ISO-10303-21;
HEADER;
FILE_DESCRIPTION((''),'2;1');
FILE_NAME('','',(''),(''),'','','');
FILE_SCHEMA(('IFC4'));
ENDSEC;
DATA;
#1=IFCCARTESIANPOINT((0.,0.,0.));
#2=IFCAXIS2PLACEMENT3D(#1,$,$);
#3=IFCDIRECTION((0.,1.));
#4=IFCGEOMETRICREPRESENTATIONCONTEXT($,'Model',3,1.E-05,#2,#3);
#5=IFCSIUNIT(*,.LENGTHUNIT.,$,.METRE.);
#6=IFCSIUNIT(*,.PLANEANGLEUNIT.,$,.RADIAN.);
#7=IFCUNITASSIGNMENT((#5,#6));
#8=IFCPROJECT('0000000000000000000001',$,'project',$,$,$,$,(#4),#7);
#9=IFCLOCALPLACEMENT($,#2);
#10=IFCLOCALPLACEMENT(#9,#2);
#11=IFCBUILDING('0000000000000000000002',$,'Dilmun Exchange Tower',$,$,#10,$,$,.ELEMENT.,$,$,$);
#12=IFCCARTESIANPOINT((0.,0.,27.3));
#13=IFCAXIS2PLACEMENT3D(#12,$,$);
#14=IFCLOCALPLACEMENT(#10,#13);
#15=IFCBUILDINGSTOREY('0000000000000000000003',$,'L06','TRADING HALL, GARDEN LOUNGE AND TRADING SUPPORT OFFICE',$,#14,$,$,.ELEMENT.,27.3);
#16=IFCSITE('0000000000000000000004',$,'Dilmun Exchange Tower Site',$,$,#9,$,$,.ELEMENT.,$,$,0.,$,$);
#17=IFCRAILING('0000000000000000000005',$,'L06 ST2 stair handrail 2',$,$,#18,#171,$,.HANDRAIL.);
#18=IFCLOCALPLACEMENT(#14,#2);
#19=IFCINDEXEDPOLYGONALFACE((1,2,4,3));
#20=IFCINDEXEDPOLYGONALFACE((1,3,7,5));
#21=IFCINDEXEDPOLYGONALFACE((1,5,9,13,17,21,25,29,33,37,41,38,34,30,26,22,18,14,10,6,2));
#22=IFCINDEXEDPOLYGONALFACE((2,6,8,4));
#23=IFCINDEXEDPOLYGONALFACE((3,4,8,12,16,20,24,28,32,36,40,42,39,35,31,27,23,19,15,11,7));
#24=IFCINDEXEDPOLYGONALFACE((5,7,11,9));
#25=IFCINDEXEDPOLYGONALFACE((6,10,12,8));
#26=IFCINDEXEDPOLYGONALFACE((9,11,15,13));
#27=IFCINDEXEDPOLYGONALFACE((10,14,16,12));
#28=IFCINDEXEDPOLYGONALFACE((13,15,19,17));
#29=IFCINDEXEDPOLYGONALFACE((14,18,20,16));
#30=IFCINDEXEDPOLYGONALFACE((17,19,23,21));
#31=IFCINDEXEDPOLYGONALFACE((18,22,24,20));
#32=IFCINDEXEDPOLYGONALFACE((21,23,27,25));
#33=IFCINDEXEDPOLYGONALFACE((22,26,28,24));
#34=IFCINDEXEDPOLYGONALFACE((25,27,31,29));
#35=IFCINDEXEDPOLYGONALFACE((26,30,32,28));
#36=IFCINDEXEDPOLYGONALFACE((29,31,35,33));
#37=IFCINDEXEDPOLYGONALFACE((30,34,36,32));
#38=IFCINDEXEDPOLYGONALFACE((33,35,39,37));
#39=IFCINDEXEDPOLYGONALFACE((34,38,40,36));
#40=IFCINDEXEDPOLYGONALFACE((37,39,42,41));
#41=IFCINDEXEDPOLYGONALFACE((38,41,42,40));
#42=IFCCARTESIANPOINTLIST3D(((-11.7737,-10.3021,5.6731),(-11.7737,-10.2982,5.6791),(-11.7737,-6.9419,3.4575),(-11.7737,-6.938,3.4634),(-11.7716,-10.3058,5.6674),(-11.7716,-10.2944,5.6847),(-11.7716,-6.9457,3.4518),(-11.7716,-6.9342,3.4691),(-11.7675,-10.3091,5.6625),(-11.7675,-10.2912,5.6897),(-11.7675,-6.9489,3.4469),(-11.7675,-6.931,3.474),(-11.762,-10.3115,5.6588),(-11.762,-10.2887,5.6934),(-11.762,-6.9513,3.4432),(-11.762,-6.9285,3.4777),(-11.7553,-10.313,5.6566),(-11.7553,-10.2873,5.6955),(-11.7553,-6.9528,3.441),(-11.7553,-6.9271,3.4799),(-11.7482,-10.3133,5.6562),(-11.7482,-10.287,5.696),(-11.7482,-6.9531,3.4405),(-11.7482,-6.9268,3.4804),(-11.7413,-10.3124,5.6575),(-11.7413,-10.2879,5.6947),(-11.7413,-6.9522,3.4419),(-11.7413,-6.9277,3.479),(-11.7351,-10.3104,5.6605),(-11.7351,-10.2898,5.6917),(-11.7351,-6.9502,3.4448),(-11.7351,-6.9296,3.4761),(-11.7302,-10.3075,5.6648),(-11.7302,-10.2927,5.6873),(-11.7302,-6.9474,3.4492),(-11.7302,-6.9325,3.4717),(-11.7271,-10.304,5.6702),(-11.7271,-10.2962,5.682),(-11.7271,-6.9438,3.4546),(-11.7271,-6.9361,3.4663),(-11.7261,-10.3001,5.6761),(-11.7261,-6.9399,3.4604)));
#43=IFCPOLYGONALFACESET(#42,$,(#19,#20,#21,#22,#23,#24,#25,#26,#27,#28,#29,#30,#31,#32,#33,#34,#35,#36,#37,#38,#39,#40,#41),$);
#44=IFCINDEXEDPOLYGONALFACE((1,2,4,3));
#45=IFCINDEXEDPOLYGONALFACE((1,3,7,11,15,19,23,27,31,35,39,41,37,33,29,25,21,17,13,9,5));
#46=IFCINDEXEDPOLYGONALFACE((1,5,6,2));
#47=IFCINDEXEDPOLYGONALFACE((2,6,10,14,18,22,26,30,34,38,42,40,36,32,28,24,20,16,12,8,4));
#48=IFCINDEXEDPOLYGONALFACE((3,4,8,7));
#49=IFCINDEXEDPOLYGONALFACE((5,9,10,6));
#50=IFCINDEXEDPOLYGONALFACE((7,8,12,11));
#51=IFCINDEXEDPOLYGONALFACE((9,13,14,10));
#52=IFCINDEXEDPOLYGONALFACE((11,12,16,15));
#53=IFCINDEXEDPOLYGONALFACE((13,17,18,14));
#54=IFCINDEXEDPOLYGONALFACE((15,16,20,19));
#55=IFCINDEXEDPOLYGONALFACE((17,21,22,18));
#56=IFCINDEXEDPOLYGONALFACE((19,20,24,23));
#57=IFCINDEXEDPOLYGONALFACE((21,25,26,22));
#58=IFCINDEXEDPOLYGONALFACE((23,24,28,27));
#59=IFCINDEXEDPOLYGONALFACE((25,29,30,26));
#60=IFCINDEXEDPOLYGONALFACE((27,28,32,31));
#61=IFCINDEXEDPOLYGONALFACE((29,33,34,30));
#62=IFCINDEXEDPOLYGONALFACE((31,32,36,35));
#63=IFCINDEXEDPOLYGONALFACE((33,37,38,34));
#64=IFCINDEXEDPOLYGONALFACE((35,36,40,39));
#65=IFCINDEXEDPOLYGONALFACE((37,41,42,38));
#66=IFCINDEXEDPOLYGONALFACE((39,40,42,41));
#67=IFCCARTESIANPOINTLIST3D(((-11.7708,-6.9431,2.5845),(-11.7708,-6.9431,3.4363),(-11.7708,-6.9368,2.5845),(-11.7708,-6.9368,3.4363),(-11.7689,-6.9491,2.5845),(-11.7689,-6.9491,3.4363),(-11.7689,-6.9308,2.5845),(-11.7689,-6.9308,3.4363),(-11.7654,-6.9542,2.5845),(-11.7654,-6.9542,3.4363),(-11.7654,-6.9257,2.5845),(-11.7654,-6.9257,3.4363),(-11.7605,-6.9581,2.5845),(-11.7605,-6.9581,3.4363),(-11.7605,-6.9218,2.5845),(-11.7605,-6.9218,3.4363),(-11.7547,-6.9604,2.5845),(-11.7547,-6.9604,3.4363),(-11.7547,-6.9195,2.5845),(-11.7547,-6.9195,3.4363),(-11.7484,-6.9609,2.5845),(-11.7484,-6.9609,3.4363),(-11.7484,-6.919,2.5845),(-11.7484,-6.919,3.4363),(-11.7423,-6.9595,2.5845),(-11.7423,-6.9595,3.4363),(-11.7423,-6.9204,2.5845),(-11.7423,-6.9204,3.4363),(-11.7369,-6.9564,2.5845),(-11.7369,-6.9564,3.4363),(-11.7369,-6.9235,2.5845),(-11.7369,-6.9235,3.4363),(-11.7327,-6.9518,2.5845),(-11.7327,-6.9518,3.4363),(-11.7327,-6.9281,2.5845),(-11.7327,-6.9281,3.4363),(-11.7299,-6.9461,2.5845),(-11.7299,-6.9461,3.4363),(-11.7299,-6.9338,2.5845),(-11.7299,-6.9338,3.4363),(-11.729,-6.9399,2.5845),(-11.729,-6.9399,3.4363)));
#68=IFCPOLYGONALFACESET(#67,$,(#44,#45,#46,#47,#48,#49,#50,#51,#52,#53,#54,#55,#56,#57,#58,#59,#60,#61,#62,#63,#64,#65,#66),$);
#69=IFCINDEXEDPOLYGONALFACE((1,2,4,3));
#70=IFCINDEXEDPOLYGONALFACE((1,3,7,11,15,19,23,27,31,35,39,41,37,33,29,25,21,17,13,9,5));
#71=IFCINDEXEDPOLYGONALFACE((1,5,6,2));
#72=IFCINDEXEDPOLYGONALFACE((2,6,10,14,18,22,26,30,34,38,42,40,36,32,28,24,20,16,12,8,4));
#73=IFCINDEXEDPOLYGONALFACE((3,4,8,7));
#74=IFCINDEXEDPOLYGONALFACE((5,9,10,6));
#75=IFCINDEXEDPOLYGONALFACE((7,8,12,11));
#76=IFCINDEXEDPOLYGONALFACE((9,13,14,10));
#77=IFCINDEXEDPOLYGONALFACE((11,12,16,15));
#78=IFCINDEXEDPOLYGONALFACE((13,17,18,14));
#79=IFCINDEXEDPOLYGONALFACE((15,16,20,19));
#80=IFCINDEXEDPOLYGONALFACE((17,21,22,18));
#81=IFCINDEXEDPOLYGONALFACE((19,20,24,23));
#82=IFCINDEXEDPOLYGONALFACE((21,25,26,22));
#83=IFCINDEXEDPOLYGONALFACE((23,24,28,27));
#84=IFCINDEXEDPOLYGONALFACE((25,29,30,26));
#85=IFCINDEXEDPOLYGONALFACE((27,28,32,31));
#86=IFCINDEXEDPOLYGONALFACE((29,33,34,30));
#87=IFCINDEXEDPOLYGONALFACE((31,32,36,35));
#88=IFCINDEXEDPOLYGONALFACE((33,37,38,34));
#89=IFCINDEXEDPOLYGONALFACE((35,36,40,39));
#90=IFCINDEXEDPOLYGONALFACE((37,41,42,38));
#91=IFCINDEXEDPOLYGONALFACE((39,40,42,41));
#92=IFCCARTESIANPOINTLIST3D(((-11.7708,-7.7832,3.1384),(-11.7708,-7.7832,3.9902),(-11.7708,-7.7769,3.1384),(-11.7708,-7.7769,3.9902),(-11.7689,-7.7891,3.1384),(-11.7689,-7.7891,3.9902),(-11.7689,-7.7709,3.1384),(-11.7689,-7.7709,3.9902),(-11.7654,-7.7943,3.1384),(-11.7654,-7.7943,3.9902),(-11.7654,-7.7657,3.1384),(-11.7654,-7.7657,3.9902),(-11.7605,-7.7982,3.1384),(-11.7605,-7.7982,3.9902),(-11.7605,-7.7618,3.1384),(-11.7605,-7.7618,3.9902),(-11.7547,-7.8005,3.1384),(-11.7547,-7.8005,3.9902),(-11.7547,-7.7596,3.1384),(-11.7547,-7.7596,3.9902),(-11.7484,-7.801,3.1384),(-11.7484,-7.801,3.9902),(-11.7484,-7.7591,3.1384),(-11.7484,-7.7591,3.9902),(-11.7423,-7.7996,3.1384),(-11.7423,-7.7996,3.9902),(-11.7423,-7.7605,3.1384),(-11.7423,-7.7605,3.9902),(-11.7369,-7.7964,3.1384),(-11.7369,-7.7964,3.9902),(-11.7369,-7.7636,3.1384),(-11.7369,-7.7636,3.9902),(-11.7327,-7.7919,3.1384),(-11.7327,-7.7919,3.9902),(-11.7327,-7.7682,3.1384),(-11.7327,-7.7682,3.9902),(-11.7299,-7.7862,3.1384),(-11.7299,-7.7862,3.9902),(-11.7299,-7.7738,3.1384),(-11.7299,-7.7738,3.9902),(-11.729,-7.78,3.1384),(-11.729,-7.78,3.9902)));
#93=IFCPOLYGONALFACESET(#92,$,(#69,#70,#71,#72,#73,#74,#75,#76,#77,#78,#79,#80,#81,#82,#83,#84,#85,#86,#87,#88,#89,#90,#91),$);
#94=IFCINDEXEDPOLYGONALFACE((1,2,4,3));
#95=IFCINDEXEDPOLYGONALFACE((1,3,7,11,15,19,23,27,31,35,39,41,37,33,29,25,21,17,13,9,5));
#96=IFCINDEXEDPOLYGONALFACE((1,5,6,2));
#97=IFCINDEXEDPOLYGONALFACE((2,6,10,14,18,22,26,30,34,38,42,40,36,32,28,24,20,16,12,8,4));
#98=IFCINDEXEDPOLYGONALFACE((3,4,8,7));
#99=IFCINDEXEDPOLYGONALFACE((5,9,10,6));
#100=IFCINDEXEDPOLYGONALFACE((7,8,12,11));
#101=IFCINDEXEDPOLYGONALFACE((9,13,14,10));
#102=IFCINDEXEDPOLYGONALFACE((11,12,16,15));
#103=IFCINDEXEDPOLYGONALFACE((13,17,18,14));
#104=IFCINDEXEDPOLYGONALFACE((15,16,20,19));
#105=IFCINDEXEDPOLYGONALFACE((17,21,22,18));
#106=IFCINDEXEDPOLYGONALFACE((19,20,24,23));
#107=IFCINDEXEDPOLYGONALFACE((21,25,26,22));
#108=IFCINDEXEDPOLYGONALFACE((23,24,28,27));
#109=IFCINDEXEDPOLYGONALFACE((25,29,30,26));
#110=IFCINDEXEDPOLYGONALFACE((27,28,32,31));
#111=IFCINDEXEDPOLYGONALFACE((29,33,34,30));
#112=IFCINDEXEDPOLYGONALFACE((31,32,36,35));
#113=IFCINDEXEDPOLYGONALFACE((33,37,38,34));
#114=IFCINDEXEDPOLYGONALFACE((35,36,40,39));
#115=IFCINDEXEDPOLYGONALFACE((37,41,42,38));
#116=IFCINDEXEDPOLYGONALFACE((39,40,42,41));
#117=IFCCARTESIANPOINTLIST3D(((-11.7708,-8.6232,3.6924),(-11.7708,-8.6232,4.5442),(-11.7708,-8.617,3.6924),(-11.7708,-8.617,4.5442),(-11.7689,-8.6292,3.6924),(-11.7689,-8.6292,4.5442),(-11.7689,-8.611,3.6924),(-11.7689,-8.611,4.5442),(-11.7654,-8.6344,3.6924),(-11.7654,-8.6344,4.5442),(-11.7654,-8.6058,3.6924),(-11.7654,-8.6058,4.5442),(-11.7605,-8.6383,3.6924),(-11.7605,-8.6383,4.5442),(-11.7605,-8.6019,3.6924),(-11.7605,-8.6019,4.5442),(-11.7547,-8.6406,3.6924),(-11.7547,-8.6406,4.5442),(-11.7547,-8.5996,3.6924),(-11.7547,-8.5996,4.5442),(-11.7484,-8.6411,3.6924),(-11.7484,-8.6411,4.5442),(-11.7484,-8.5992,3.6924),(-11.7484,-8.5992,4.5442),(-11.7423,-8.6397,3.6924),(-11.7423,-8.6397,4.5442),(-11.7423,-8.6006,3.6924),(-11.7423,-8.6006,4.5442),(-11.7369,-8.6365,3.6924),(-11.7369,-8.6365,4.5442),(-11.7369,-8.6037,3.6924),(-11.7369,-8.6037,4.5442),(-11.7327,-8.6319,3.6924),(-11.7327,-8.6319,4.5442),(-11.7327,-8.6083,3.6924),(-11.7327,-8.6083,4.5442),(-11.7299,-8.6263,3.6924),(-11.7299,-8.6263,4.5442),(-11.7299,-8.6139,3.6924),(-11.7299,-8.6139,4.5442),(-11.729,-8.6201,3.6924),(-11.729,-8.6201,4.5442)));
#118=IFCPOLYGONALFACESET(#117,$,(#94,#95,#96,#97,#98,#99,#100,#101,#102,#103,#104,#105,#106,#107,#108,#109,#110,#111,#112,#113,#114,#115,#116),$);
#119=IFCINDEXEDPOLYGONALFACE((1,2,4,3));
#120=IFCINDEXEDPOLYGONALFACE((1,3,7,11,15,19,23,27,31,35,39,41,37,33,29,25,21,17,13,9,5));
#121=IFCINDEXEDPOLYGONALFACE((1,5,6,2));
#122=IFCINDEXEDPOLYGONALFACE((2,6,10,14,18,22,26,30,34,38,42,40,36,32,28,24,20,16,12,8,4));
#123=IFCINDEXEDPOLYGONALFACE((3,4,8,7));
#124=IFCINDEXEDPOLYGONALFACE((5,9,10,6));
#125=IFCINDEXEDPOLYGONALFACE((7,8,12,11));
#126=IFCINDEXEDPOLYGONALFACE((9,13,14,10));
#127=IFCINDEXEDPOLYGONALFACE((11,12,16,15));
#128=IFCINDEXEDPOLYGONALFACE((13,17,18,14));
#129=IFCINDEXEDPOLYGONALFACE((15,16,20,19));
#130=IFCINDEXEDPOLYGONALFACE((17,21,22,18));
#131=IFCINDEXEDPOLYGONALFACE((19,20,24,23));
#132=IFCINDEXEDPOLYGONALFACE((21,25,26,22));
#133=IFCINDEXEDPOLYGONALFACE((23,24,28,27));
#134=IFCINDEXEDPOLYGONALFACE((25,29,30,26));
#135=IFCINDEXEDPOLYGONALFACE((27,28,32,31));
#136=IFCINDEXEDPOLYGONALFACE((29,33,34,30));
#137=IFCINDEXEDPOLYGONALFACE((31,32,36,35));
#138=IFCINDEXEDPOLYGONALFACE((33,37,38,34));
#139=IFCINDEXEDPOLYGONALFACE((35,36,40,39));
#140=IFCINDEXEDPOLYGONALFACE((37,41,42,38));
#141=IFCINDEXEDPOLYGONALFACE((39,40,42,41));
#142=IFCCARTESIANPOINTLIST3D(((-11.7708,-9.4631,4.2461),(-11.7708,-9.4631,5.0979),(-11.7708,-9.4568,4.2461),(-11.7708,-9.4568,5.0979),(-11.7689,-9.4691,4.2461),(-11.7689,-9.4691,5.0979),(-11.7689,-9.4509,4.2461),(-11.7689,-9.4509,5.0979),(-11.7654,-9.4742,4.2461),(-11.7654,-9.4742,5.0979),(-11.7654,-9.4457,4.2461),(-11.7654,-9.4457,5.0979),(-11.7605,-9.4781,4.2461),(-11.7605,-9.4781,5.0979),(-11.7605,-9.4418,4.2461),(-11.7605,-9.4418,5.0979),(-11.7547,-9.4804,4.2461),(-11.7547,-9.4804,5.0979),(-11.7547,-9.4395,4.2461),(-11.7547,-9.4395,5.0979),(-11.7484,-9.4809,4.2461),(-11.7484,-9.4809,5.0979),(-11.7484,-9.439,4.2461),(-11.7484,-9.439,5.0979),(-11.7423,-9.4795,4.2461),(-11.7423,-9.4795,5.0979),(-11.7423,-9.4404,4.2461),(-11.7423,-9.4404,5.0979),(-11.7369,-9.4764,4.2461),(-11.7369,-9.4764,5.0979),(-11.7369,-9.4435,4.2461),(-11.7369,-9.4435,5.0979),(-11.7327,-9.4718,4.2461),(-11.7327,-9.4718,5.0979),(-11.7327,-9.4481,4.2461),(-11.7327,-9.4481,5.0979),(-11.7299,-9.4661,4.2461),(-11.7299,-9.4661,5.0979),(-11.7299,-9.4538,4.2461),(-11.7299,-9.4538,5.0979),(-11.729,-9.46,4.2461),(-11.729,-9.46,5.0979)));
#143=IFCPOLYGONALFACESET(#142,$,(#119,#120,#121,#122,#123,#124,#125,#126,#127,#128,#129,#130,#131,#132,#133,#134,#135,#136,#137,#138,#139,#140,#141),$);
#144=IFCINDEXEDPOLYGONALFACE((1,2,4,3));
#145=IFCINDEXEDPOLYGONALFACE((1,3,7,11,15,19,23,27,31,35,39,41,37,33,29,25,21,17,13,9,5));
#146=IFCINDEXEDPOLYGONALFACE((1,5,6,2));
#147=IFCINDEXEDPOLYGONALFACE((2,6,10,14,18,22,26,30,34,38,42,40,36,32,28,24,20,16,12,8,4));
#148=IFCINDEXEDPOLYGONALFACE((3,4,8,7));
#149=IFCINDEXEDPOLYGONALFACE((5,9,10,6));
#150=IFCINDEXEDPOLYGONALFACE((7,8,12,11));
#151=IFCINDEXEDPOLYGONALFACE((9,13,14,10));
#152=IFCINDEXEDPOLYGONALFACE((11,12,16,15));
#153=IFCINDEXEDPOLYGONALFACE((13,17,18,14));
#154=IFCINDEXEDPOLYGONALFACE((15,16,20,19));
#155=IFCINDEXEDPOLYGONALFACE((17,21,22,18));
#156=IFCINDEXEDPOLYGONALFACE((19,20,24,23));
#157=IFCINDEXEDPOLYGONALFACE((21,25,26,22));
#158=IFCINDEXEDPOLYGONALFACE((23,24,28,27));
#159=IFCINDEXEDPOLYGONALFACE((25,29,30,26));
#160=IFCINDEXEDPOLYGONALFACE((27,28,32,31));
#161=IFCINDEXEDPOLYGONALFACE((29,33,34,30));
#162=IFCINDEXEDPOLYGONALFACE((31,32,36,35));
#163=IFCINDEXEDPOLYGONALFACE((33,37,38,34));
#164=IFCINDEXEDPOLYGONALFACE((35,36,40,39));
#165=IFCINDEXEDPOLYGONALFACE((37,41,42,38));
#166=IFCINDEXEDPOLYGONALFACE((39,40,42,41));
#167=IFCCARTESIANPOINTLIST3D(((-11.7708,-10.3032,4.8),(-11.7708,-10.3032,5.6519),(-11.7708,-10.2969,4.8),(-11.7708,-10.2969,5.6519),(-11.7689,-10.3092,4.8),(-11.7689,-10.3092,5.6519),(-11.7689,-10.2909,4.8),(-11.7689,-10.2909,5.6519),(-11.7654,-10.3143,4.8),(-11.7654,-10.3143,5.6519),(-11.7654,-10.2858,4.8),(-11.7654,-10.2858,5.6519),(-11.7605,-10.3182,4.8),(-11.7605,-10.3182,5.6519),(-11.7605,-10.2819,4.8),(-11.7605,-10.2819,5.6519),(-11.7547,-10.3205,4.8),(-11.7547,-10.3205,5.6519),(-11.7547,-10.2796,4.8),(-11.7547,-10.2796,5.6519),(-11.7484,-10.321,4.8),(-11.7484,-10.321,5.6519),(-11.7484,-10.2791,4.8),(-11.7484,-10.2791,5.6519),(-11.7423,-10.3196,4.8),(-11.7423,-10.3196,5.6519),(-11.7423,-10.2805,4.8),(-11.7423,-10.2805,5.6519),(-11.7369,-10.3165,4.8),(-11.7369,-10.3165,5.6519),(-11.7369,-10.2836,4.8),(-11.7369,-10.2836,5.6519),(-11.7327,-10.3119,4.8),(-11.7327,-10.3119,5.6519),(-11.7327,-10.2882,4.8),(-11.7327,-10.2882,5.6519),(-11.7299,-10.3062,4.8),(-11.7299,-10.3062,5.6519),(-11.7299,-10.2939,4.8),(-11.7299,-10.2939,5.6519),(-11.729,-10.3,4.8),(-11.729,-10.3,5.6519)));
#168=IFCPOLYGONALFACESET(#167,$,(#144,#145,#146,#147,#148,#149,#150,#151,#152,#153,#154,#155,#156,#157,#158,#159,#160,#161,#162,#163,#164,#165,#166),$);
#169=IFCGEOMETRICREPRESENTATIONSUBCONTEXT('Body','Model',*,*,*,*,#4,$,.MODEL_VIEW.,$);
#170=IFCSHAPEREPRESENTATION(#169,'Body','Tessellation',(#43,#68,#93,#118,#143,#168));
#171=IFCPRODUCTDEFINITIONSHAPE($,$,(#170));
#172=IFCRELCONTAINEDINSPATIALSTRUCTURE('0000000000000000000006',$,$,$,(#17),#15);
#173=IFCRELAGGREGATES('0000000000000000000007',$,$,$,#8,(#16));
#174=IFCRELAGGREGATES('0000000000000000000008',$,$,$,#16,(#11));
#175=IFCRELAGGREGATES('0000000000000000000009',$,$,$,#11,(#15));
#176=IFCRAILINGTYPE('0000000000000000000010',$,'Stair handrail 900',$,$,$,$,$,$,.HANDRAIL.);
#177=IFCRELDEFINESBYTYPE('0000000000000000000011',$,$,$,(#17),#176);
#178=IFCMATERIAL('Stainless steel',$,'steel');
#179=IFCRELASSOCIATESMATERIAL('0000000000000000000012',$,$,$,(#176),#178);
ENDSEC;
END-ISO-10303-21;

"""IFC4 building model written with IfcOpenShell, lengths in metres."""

from ifc_helpers import new_model, si_unit, direction, frame, origin, origin_2d, place, context, subcontext, project, spatial, circle, extrude, material, type_object, element, save


model = new_model("IFC4")

# Units and contexts
model_context = context("Model", 3, precision=1e-05, world=origin(), true_north=direction((0.0, 1.0)))
body_context = subcontext(model_context, "Body", "Model", "MODEL_VIEW")
ifc_project = project(units=[si_unit("LENGTHUNIT", "METRE"), si_unit("PLANEANGLEUNIT", "RADIAN")], contexts=[model_context])

# Site, building, storey
site_placement = place(None, origin())
site = spatial("IfcSite", under=ifc_project, at=site_placement, Name="Dilmun Exchange Tower Site", CompositionType="ELEMENT", RefElevation=0.0)
building_placement = place(site_placement, origin())
building = spatial("IfcBuilding", under=site, at=building_placement, Name="Dilmun Exchange Tower", CompositionType="ELEMENT")
storey_placement = place(building_placement, frame((0.0, 0.0, 27.3)))
storey = spatial("IfcBuildingStorey", under=building, at=storey_placement, Name="L06", Description="TRADING HALL, GARDEN LOUNGE AND TRADING SUPPORT OFFICE", CompositionType="ELEMENT", Elevation=27.3)

# Railing
ifc_material_1 = material(Name="Stainless steel", Category="steel")
railing_type = type_object("IfcRailingType", Name="Stair handrail 900", PredefinedType="HANDRAIL", material=ifc_material_1)
railing_1_placement = place(storey_placement, frame((-11.75, -6.9399, 2.5845)))
element("IfcRailing", 1, at=railing_1_placement, inside=storey, type_object=railing_type, Name="L06 ST2 stair handrail 2", PredefinedType="HANDRAIL", context=body_context, shape_type="SweptSolid", body=[
    extrude(circle(Radius=0.0239, at=origin_2d()), frame((0.0, 0.0, 0.876), z_axis=(0.0, -0.834849, 0.55048), x_axis=(1.0, 0.0, 0.0)), (0.0, 0.0, 1.0), 4.0249),
    extrude(circle(Radius=0.021, at=origin_2d()), origin(), (0.0, 0.0, 1.0), 0.8518),
    extrude(circle(Radius=0.021, at=origin_2d()), frame((0.0, -0.8401, 0.554)), (0.0, 0.0, 1.0), 0.8518),
    extrude(circle(Radius=0.021, at=origin_2d()), frame((0.0, -1.6802, 1.1079)), (0.0, 0.0, 1.0), 0.8518),
    extrude(circle(Radius=0.021, at=origin_2d()), frame((0.0, -2.52, 1.6616)), (0.0, 0.0, 1.0), 0.8518),
    extrude(circle(Radius=0.021, at=origin_2d()), frame((0.0, -3.3601, 2.2156)), (0.0, 0.0, 1.0), 0.8518),
])

save(model, "model.ifc")
